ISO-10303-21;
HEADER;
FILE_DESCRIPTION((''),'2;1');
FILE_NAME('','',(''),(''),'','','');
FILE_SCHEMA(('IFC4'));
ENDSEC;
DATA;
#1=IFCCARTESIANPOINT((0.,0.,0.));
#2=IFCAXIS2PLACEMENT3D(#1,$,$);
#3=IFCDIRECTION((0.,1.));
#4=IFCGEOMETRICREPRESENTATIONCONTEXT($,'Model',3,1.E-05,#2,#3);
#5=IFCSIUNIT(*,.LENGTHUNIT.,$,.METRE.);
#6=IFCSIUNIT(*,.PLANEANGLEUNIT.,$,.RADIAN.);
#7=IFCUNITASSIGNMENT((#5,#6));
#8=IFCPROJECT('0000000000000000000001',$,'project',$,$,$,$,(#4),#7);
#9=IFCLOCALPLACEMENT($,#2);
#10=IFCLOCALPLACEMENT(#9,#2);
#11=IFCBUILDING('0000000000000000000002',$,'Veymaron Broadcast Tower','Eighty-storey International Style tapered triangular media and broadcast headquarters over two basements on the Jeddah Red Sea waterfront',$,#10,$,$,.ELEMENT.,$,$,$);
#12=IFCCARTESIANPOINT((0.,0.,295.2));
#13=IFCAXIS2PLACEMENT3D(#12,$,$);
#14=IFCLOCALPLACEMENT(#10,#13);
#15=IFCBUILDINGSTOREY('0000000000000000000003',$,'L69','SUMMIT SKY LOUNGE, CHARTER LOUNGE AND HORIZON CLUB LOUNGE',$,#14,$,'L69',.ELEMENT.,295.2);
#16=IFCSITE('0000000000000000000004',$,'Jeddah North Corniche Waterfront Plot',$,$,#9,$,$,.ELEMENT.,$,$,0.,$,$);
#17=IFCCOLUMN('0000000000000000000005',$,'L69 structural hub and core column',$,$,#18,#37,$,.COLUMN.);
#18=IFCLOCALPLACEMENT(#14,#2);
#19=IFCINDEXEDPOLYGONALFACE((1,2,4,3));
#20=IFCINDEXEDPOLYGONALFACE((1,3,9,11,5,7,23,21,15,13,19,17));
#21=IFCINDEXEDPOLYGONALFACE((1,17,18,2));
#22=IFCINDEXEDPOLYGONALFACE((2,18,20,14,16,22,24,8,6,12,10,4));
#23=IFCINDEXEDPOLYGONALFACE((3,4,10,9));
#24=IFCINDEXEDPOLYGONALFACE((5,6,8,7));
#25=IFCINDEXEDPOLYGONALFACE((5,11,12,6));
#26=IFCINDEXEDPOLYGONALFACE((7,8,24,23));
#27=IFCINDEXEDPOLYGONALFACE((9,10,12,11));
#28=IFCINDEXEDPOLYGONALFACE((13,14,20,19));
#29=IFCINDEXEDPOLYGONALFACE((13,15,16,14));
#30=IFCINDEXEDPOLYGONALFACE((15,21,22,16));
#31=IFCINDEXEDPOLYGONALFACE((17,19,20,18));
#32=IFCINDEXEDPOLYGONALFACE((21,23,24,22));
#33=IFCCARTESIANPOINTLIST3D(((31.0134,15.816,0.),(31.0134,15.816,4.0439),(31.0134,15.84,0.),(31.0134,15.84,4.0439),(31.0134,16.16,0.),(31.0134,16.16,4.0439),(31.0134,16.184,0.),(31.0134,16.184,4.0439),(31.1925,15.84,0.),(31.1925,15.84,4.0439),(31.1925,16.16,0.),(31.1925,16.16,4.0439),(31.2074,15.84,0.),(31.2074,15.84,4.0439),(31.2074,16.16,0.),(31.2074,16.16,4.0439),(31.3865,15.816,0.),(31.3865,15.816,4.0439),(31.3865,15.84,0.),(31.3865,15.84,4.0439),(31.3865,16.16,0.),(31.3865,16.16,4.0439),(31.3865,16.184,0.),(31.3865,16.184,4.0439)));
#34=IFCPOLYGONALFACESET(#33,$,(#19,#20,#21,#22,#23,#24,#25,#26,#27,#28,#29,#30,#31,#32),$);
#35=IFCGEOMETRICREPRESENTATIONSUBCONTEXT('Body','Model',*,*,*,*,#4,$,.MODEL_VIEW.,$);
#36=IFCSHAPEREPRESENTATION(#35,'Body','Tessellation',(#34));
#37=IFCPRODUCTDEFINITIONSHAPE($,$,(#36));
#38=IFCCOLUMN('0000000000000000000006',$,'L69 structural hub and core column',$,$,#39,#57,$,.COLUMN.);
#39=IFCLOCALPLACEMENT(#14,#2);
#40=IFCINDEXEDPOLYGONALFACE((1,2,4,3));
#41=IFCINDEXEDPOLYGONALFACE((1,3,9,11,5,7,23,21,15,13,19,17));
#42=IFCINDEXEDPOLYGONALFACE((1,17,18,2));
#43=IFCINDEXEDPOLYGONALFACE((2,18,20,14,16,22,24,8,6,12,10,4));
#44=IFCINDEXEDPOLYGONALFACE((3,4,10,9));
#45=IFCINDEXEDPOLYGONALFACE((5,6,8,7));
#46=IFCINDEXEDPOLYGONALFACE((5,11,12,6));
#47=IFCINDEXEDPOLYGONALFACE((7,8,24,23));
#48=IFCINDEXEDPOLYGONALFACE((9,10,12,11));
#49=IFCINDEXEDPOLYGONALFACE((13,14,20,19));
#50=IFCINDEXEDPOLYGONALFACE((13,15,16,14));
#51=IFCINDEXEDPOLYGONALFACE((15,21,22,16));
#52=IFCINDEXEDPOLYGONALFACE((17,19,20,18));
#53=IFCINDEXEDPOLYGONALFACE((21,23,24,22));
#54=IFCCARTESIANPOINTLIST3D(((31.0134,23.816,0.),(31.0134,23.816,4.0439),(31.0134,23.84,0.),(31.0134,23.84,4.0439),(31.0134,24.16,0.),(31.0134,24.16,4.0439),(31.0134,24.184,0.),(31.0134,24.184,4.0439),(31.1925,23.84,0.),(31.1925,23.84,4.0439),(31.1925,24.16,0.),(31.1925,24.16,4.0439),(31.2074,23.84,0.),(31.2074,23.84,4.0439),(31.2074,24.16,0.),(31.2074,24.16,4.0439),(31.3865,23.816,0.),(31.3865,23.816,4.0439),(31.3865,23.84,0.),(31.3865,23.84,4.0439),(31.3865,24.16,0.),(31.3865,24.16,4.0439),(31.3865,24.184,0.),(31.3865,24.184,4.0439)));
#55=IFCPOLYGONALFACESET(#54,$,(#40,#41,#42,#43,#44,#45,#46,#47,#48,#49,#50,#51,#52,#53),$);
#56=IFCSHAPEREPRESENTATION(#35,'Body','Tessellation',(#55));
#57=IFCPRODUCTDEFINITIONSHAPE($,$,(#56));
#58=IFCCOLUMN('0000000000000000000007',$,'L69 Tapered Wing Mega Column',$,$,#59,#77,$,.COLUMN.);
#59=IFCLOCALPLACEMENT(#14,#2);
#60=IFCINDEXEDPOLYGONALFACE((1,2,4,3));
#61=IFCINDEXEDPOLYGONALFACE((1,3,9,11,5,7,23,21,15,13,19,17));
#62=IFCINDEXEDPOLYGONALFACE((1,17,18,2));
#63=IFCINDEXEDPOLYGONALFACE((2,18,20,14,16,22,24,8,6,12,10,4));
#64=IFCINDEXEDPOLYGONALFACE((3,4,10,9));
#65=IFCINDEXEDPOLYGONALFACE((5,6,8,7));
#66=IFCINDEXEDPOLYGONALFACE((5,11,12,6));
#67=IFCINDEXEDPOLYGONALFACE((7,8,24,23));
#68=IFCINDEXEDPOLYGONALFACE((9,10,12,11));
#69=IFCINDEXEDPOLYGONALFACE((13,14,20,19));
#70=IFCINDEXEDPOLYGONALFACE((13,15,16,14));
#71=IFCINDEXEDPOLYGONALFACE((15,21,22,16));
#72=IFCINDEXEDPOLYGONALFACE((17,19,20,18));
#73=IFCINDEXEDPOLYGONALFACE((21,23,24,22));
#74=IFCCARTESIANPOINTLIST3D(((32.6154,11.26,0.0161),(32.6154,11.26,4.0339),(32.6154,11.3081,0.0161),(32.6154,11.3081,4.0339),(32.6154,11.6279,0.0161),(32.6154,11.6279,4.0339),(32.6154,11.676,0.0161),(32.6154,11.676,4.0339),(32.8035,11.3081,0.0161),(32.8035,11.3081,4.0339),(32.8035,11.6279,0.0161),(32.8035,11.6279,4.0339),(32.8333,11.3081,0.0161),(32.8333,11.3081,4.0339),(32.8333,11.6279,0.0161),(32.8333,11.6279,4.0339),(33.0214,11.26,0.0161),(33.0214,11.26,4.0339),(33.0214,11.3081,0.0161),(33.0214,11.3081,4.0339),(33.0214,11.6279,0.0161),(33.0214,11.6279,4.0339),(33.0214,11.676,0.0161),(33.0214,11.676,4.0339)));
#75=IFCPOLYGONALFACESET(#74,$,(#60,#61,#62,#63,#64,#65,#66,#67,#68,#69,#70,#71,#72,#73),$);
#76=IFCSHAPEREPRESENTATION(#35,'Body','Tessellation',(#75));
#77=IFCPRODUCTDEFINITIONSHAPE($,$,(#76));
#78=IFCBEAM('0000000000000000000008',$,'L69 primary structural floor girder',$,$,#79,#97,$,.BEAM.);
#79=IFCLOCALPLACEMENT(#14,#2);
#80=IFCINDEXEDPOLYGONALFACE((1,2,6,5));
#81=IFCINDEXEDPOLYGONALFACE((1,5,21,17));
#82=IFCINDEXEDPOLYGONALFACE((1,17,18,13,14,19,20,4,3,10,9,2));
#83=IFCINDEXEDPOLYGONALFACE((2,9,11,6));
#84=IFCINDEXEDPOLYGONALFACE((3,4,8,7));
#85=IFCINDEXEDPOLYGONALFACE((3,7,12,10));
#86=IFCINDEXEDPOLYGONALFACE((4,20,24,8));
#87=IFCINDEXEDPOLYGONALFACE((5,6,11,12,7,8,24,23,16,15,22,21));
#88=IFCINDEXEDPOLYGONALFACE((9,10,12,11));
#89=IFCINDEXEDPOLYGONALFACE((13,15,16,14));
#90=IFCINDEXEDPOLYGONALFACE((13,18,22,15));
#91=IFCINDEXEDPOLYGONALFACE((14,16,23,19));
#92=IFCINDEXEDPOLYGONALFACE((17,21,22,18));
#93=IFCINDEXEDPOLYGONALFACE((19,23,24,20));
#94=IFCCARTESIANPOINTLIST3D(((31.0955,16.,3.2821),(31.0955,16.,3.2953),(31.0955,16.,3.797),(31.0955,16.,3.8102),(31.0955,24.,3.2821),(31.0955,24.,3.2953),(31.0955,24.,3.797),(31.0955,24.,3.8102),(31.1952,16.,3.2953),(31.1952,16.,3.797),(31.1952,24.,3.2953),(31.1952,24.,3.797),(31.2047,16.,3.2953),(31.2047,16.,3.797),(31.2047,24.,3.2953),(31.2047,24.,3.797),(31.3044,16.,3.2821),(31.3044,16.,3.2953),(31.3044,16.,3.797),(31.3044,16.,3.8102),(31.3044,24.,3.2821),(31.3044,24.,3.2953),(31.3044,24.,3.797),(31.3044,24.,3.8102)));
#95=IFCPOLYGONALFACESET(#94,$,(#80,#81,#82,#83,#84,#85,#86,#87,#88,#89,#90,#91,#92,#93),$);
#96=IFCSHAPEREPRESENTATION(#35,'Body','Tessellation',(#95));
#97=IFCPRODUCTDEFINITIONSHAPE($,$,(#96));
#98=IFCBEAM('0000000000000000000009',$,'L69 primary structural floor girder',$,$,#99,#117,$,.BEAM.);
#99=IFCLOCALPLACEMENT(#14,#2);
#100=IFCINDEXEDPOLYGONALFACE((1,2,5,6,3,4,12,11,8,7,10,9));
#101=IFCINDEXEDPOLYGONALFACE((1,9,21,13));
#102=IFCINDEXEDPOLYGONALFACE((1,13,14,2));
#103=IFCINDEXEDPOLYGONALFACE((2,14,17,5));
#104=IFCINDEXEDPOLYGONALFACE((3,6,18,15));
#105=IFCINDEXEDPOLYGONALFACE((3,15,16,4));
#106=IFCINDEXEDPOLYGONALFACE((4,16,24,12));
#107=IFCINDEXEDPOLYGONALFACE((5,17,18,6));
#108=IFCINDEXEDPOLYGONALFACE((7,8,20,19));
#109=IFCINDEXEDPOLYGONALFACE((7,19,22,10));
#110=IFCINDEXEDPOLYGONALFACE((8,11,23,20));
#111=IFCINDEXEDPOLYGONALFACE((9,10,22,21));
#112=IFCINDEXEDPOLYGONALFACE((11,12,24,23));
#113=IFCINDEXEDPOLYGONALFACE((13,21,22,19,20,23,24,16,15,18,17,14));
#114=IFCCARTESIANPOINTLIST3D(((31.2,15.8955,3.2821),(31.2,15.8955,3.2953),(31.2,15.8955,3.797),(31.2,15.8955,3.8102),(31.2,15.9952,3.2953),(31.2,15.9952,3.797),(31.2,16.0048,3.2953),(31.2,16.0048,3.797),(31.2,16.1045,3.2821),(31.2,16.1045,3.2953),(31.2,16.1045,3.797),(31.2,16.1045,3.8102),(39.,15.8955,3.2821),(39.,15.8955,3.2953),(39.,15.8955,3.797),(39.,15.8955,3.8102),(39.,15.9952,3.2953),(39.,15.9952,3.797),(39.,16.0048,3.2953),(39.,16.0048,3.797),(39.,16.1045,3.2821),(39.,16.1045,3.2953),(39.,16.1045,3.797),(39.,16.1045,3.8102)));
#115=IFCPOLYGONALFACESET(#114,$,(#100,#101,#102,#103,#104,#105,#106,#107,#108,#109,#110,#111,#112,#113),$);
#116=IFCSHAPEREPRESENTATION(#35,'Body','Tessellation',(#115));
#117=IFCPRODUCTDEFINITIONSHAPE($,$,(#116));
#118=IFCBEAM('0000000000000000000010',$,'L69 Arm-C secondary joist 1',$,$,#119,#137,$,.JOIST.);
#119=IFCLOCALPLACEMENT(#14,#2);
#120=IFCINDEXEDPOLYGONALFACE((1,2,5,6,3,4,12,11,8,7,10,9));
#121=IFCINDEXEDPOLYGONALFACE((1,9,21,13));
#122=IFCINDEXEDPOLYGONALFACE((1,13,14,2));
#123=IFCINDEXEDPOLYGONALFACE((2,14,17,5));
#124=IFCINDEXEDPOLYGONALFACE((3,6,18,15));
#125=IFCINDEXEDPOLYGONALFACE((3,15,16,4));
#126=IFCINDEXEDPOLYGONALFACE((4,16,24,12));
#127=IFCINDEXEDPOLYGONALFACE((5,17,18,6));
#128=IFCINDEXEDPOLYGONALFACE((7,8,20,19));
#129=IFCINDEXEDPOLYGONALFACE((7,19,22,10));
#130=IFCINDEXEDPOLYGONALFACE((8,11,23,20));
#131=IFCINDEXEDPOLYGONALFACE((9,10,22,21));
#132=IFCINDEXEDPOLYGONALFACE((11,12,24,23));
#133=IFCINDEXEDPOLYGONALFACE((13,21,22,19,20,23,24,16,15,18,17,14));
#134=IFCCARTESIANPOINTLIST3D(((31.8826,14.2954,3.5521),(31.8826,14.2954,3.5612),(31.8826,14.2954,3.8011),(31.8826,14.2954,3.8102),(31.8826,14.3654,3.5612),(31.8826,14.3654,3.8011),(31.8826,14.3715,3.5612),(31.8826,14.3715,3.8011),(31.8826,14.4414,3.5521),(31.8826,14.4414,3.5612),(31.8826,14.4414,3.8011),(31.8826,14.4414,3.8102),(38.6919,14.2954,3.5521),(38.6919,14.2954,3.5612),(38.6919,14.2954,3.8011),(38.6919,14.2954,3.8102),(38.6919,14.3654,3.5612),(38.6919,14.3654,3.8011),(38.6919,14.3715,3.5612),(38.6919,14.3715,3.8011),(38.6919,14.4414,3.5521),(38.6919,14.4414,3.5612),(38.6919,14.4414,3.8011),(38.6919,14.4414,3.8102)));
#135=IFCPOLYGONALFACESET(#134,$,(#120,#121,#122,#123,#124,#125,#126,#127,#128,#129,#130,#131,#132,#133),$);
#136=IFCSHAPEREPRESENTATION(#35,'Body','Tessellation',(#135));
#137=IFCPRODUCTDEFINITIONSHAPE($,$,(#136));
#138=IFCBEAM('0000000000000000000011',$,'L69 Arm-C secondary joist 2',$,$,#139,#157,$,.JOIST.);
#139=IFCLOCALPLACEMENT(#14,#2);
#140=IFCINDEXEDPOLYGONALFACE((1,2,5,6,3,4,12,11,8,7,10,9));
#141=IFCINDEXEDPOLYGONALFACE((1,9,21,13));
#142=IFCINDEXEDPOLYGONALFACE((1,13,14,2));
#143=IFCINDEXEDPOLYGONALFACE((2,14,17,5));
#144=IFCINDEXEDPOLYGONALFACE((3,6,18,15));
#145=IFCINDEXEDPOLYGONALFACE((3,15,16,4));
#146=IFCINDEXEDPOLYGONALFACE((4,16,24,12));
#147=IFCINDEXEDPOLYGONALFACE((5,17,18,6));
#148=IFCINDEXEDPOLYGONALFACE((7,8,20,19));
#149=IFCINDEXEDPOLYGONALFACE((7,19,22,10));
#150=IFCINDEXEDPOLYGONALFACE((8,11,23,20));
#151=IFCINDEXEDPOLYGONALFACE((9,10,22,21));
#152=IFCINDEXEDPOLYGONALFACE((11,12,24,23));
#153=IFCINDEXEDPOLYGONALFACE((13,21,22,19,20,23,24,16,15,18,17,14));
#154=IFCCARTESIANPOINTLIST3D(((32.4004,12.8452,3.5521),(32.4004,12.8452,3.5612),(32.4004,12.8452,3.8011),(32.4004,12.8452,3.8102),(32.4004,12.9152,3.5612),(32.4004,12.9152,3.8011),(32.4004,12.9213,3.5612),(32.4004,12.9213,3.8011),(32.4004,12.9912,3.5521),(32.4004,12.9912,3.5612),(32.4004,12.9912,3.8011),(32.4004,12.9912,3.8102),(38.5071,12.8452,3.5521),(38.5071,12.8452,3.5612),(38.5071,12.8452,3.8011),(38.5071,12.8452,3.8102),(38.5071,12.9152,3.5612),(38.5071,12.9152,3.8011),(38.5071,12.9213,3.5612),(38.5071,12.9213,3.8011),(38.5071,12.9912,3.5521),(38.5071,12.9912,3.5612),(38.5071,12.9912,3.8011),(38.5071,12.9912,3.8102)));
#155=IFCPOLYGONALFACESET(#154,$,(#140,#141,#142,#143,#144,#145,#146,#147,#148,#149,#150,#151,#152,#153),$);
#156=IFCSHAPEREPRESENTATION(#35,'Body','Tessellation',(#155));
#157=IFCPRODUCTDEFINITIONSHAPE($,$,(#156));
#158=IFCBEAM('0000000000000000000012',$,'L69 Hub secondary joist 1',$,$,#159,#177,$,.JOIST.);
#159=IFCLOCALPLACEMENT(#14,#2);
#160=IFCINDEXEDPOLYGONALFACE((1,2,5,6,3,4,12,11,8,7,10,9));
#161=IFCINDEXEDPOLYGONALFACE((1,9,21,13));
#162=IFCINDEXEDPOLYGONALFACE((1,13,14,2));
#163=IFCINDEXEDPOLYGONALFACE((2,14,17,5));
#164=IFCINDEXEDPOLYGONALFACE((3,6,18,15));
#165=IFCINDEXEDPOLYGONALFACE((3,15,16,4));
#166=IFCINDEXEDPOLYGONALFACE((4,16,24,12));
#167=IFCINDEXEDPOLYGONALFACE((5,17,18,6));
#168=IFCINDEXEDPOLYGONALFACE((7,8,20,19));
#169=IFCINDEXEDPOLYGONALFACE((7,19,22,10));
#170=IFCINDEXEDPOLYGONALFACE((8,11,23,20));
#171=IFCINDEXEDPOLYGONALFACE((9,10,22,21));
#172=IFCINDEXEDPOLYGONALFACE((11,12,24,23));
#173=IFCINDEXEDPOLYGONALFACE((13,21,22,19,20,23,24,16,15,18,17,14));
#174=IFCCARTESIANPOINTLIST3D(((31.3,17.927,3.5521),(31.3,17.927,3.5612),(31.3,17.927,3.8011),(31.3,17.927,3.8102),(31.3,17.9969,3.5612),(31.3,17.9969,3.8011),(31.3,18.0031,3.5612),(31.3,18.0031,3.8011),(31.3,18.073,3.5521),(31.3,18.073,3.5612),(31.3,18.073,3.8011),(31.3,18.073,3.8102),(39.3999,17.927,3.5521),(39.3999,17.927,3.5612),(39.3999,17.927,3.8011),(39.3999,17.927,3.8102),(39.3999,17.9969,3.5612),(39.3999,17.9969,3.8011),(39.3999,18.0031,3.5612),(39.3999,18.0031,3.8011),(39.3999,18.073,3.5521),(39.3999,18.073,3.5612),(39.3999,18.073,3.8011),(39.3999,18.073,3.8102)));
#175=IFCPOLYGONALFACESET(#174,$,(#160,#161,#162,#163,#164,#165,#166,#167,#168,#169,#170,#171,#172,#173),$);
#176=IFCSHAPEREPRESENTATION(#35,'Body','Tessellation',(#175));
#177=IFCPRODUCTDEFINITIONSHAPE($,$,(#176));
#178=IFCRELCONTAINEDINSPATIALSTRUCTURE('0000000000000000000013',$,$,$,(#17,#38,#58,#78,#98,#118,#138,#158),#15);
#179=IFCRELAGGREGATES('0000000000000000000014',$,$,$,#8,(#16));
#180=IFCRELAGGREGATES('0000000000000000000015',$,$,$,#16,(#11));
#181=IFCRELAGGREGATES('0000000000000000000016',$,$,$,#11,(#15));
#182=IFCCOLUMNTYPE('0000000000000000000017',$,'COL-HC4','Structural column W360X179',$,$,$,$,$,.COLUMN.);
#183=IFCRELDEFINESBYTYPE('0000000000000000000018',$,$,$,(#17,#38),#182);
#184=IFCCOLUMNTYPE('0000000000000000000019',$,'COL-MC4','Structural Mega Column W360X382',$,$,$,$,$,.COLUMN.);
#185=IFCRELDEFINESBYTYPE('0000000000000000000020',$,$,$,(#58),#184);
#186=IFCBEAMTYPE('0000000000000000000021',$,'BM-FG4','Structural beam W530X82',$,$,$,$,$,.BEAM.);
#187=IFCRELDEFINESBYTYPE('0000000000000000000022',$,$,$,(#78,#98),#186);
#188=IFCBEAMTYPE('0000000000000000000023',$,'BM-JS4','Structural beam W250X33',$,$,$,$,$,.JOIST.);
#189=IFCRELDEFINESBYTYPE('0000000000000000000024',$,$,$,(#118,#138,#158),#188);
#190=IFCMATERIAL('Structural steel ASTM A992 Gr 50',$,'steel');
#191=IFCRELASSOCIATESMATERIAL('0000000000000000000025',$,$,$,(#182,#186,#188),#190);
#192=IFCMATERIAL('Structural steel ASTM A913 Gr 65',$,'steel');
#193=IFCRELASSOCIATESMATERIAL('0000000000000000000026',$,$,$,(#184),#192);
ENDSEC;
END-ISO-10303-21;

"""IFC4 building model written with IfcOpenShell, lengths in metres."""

from ifc_helpers import new_model, si_unit, direction, frame, origin, origin_2d, place, context, subcontext, project, spatial, i_section, extrude, material, material_profile, profile_set, type_object, element, save


model = new_model("IFC4")

# Units and contexts
model_context = context("Model", 3, precision=1e-05, world=origin(), true_north=direction((0.0, 1.0)))
body_context = subcontext(model_context, "Body", "Model", "MODEL_VIEW")
ifc_project = project(units=[si_unit("LENGTHUNIT", "METRE"), si_unit("PLANEANGLEUNIT", "RADIAN")], contexts=[model_context])

# Site, building, storey
site_placement = place(None, origin())
site = spatial("IfcSite", under=ifc_project, at=site_placement, Name="Jeddah North Corniche Waterfront Plot", CompositionType="ELEMENT", RefElevation=0.0)
building_placement = place(site_placement, origin())
building = spatial("IfcBuilding", under=site, at=building_placement, Name="Veymaron Broadcast Tower", Description="Eighty-storey International Style tapered triangular media and broadcast headquarters over two basements on the Jeddah Red Sea waterfront", CompositionType="ELEMENT")
storey_placement = place(building_placement, frame((0.0, 0.0, 295.2)))
storey = spatial("IfcBuildingStorey", under=building, at=storey_placement, Name="L69", Description="SUMMIT SKY LOUNGE, CHARTER LOUNGE AND HORIZON CLUB LOUNGE", LongName="L69", CompositionType="ELEMENT", Elevation=295.2)

# Columns
ifc_material_1 = material(Name="Structural steel ASTM A992 Gr 50", Category="steel")
ifc_material_profile_1 = material_profile(ifc_material_1, i_section(OverallWidth=0.373, OverallDepth=0.3679, WebThickness=0.0149, FlangeThickness=0.0239, at=origin_2d()), Name="W360X179")
ifc_profile_set_1 = profile_set([ifc_material_profile_1], Name="Structural steel ASTM A992 Gr 50")
column_type_1 = type_object("IfcColumnType", Name="COL-HC4", Description="Structural column W360X179", PredefinedType="COLUMN", material=ifc_profile_set_1)
for number, where, z_axis, x_axis, name in (
    (1, (31.2, 16.0, 0.0), (0.0, 0.0, 1.0), (1.0, 0.0, 0.0), "L69 structural hub and core column"),
    (2, (31.2, 24.0, 0.0), (0.0, 0.0, 1.0), (1.0, 0.0, 0.0), "L69 structural hub and core column"),
):
    element("IfcColumn", number, at=place(storey_placement, frame(where, z_axis=z_axis, x_axis=x_axis)), inside=storey, type_object=column_type_1, Name=name, PredefinedType="COLUMN", context=body_context, shape_type="SweptSolid", body=[
        extrude(i_section(OverallWidth=0.373, OverallDepth=0.3679, WebThickness=0.0149, FlangeThickness=0.0239, at=origin_2d()), origin(), (0.0, 0.0, 1.0), 4.0439),
    ])
ifc_material_2 = material(Name="Structural steel ASTM A913 Gr 65", Category="steel")
ifc_material_profile_2 = material_profile(ifc_material_2, i_section(OverallWidth=0.406, OverallDepth=0.416, WebThickness=0.0298, FlangeThickness=0.0481, at=origin_2d()), Name="W360X382")
ifc_profile_set_2 = profile_set([ifc_material_profile_2], Name="Structural steel ASTM A913 Gr 65")
column_type_2 = type_object("IfcColumnType", Name="COL-MC4", Description="Structural Mega Column W360X382", PredefinedType="COLUMN", material=ifc_profile_set_2)
column_placement = place(storey_placement, frame((32.8184, 11.468, 0.0161), z_axis=(0.0, 0.0, 1.0), x_axis=(1.0, 0.0, 0.0)))
element("IfcColumn", 3, at=column_placement, inside=storey, type_object=column_type_2, Name="L69 Tapered Wing Mega Column", PredefinedType="COLUMN", context=body_context, shape_type="SweptSolid", body=[
    extrude(i_section(OverallWidth=0.406, OverallDepth=0.416, WebThickness=0.0298, FlangeThickness=0.0481, at=origin_2d()), origin(), (0.0, 0.0, 1.0), 4.0178),
])

# Beams
ifc_material_profile_3 = material_profile(ifc_material_1, i_section(OverallWidth=0.209, OverallDepth=0.5281, WebThickness=0.0095, FlangeThickness=0.0132, at=origin_2d()), Name="W530X82")
ifc_profile_set_3 = profile_set([ifc_material_profile_3], Name="Structural steel ASTM A992 Gr 50")
beam_type_1 = type_object("IfcBeamType", Name="BM-FG4", Description="Structural beam W530X82", PredefinedType="BEAM", material=ifc_profile_set_3)
beam_1_placement = place(storey_placement, frame((31.2, 16.0, 3.5461), z_axis=(0.0, 1.0, 0.0), x_axis=(-1.0, 0.0, 0.0)))
element("IfcBeam", 4, at=beam_1_placement, inside=storey, type_object=beam_type_1, Name="L69 primary structural floor girder", PredefinedType="BEAM", context=body_context, shape_type="SweptSolid", body=[
    extrude(i_section(OverallWidth=0.209, OverallDepth=0.5281, WebThickness=0.0095, FlangeThickness=0.0132, at=origin_2d()), origin(), (0.0, 0.0, 1.0), 8.0),
])
beam_2_placement = place(storey_placement, frame((31.2, 16.0, 3.5461), z_axis=(1.0, 0.0, 0.0), x_axis=(0.0, 1.0, 0.0)))
element("IfcBeam", 5, at=beam_2_placement, inside=storey, type_object=beam_type_1, Name="L69 primary structural floor girder", PredefinedType="BEAM", context=body_context, shape_type="SweptSolid", body=[
    extrude(i_section(OverallWidth=0.209, OverallDepth=0.5281, WebThickness=0.0095, FlangeThickness=0.0132, at=origin_2d()), origin(), (0.0, 0.0, 1.0), 7.8),
])
ifc_material_profile_4 = material_profile(ifc_material_1, i_section(OverallWidth=0.146, OverallDepth=0.2581, WebThickness=0.0061, FlangeThickness=0.009, at=origin_2d()), Name="W250X33")
ifc_profile_set_4 = profile_set([ifc_material_profile_4], Name="Structural steel ASTM A992 Gr 50")
beam_type_2 = type_object("IfcBeamType", Name="BM-JS4", Description="Structural beam W250X33", PredefinedType="JOIST", material=ifc_profile_set_4)
beam_3_placement = place(storey_placement, frame((31.8826, 14.3684, 3.6812), z_axis=(1.0, 0.0, 0.0), x_axis=(0.0, 1.0, 0.0)))
element("IfcBeam", 6, at=beam_3_placement, inside=storey, type_object=beam_type_2, Name="L69 Arm-C secondary joist 1", PredefinedType="JOIST", context=body_context, shape_type="SweptSolid", body=[
    extrude(i_section(OverallWidth=0.146, OverallDepth=0.2581, WebThickness=0.0061, FlangeThickness=0.009, at=origin_2d()), origin(), (0.0, 0.0, 1.0), 6.8093),
])
beam_4_placement = place(storey_placement, frame((32.4004, 12.9182, 3.6812), z_axis=(1.0, 0.0, 0.0), x_axis=(0.0, 1.0, 0.0)))
element("IfcBeam", 7, at=beam_4_placement, inside=storey, type_object=beam_type_2, Name="L69 Arm-C secondary joist 2", PredefinedType="JOIST", context=body_context, shape_type="SweptSolid", body=[
    extrude(i_section(OverallWidth=0.146, OverallDepth=0.2581, WebThickness=0.0061, FlangeThickness=0.009, at=origin_2d()), origin(), (0.0, 0.0, 1.0), 6.1067),
])
for number, where, z_axis, x_axis, name in (
    (8, (31.3, 18.0, 3.6812), (1.0, 0.0, 0.0), (0.0, 1.0, 0.0), "L69 Hub secondary joist 1"),
):
    element("IfcBeam", number, at=place(storey_placement, frame(where, z_axis=z_axis, x_axis=x_axis)), inside=storey, type_object=beam_type_2, Name=name, PredefinedType="JOIST", context=body_context, shape_type="SweptSolid", body=[
        extrude(i_section(OverallWidth=0.146, OverallDepth=0.2581, WebThickness=0.0061, FlangeThickness=0.009, at=origin_2d()), origin(), (0.0, 0.0, 1.0), 8.0999),
    ])

save(model, "model.ifc")
